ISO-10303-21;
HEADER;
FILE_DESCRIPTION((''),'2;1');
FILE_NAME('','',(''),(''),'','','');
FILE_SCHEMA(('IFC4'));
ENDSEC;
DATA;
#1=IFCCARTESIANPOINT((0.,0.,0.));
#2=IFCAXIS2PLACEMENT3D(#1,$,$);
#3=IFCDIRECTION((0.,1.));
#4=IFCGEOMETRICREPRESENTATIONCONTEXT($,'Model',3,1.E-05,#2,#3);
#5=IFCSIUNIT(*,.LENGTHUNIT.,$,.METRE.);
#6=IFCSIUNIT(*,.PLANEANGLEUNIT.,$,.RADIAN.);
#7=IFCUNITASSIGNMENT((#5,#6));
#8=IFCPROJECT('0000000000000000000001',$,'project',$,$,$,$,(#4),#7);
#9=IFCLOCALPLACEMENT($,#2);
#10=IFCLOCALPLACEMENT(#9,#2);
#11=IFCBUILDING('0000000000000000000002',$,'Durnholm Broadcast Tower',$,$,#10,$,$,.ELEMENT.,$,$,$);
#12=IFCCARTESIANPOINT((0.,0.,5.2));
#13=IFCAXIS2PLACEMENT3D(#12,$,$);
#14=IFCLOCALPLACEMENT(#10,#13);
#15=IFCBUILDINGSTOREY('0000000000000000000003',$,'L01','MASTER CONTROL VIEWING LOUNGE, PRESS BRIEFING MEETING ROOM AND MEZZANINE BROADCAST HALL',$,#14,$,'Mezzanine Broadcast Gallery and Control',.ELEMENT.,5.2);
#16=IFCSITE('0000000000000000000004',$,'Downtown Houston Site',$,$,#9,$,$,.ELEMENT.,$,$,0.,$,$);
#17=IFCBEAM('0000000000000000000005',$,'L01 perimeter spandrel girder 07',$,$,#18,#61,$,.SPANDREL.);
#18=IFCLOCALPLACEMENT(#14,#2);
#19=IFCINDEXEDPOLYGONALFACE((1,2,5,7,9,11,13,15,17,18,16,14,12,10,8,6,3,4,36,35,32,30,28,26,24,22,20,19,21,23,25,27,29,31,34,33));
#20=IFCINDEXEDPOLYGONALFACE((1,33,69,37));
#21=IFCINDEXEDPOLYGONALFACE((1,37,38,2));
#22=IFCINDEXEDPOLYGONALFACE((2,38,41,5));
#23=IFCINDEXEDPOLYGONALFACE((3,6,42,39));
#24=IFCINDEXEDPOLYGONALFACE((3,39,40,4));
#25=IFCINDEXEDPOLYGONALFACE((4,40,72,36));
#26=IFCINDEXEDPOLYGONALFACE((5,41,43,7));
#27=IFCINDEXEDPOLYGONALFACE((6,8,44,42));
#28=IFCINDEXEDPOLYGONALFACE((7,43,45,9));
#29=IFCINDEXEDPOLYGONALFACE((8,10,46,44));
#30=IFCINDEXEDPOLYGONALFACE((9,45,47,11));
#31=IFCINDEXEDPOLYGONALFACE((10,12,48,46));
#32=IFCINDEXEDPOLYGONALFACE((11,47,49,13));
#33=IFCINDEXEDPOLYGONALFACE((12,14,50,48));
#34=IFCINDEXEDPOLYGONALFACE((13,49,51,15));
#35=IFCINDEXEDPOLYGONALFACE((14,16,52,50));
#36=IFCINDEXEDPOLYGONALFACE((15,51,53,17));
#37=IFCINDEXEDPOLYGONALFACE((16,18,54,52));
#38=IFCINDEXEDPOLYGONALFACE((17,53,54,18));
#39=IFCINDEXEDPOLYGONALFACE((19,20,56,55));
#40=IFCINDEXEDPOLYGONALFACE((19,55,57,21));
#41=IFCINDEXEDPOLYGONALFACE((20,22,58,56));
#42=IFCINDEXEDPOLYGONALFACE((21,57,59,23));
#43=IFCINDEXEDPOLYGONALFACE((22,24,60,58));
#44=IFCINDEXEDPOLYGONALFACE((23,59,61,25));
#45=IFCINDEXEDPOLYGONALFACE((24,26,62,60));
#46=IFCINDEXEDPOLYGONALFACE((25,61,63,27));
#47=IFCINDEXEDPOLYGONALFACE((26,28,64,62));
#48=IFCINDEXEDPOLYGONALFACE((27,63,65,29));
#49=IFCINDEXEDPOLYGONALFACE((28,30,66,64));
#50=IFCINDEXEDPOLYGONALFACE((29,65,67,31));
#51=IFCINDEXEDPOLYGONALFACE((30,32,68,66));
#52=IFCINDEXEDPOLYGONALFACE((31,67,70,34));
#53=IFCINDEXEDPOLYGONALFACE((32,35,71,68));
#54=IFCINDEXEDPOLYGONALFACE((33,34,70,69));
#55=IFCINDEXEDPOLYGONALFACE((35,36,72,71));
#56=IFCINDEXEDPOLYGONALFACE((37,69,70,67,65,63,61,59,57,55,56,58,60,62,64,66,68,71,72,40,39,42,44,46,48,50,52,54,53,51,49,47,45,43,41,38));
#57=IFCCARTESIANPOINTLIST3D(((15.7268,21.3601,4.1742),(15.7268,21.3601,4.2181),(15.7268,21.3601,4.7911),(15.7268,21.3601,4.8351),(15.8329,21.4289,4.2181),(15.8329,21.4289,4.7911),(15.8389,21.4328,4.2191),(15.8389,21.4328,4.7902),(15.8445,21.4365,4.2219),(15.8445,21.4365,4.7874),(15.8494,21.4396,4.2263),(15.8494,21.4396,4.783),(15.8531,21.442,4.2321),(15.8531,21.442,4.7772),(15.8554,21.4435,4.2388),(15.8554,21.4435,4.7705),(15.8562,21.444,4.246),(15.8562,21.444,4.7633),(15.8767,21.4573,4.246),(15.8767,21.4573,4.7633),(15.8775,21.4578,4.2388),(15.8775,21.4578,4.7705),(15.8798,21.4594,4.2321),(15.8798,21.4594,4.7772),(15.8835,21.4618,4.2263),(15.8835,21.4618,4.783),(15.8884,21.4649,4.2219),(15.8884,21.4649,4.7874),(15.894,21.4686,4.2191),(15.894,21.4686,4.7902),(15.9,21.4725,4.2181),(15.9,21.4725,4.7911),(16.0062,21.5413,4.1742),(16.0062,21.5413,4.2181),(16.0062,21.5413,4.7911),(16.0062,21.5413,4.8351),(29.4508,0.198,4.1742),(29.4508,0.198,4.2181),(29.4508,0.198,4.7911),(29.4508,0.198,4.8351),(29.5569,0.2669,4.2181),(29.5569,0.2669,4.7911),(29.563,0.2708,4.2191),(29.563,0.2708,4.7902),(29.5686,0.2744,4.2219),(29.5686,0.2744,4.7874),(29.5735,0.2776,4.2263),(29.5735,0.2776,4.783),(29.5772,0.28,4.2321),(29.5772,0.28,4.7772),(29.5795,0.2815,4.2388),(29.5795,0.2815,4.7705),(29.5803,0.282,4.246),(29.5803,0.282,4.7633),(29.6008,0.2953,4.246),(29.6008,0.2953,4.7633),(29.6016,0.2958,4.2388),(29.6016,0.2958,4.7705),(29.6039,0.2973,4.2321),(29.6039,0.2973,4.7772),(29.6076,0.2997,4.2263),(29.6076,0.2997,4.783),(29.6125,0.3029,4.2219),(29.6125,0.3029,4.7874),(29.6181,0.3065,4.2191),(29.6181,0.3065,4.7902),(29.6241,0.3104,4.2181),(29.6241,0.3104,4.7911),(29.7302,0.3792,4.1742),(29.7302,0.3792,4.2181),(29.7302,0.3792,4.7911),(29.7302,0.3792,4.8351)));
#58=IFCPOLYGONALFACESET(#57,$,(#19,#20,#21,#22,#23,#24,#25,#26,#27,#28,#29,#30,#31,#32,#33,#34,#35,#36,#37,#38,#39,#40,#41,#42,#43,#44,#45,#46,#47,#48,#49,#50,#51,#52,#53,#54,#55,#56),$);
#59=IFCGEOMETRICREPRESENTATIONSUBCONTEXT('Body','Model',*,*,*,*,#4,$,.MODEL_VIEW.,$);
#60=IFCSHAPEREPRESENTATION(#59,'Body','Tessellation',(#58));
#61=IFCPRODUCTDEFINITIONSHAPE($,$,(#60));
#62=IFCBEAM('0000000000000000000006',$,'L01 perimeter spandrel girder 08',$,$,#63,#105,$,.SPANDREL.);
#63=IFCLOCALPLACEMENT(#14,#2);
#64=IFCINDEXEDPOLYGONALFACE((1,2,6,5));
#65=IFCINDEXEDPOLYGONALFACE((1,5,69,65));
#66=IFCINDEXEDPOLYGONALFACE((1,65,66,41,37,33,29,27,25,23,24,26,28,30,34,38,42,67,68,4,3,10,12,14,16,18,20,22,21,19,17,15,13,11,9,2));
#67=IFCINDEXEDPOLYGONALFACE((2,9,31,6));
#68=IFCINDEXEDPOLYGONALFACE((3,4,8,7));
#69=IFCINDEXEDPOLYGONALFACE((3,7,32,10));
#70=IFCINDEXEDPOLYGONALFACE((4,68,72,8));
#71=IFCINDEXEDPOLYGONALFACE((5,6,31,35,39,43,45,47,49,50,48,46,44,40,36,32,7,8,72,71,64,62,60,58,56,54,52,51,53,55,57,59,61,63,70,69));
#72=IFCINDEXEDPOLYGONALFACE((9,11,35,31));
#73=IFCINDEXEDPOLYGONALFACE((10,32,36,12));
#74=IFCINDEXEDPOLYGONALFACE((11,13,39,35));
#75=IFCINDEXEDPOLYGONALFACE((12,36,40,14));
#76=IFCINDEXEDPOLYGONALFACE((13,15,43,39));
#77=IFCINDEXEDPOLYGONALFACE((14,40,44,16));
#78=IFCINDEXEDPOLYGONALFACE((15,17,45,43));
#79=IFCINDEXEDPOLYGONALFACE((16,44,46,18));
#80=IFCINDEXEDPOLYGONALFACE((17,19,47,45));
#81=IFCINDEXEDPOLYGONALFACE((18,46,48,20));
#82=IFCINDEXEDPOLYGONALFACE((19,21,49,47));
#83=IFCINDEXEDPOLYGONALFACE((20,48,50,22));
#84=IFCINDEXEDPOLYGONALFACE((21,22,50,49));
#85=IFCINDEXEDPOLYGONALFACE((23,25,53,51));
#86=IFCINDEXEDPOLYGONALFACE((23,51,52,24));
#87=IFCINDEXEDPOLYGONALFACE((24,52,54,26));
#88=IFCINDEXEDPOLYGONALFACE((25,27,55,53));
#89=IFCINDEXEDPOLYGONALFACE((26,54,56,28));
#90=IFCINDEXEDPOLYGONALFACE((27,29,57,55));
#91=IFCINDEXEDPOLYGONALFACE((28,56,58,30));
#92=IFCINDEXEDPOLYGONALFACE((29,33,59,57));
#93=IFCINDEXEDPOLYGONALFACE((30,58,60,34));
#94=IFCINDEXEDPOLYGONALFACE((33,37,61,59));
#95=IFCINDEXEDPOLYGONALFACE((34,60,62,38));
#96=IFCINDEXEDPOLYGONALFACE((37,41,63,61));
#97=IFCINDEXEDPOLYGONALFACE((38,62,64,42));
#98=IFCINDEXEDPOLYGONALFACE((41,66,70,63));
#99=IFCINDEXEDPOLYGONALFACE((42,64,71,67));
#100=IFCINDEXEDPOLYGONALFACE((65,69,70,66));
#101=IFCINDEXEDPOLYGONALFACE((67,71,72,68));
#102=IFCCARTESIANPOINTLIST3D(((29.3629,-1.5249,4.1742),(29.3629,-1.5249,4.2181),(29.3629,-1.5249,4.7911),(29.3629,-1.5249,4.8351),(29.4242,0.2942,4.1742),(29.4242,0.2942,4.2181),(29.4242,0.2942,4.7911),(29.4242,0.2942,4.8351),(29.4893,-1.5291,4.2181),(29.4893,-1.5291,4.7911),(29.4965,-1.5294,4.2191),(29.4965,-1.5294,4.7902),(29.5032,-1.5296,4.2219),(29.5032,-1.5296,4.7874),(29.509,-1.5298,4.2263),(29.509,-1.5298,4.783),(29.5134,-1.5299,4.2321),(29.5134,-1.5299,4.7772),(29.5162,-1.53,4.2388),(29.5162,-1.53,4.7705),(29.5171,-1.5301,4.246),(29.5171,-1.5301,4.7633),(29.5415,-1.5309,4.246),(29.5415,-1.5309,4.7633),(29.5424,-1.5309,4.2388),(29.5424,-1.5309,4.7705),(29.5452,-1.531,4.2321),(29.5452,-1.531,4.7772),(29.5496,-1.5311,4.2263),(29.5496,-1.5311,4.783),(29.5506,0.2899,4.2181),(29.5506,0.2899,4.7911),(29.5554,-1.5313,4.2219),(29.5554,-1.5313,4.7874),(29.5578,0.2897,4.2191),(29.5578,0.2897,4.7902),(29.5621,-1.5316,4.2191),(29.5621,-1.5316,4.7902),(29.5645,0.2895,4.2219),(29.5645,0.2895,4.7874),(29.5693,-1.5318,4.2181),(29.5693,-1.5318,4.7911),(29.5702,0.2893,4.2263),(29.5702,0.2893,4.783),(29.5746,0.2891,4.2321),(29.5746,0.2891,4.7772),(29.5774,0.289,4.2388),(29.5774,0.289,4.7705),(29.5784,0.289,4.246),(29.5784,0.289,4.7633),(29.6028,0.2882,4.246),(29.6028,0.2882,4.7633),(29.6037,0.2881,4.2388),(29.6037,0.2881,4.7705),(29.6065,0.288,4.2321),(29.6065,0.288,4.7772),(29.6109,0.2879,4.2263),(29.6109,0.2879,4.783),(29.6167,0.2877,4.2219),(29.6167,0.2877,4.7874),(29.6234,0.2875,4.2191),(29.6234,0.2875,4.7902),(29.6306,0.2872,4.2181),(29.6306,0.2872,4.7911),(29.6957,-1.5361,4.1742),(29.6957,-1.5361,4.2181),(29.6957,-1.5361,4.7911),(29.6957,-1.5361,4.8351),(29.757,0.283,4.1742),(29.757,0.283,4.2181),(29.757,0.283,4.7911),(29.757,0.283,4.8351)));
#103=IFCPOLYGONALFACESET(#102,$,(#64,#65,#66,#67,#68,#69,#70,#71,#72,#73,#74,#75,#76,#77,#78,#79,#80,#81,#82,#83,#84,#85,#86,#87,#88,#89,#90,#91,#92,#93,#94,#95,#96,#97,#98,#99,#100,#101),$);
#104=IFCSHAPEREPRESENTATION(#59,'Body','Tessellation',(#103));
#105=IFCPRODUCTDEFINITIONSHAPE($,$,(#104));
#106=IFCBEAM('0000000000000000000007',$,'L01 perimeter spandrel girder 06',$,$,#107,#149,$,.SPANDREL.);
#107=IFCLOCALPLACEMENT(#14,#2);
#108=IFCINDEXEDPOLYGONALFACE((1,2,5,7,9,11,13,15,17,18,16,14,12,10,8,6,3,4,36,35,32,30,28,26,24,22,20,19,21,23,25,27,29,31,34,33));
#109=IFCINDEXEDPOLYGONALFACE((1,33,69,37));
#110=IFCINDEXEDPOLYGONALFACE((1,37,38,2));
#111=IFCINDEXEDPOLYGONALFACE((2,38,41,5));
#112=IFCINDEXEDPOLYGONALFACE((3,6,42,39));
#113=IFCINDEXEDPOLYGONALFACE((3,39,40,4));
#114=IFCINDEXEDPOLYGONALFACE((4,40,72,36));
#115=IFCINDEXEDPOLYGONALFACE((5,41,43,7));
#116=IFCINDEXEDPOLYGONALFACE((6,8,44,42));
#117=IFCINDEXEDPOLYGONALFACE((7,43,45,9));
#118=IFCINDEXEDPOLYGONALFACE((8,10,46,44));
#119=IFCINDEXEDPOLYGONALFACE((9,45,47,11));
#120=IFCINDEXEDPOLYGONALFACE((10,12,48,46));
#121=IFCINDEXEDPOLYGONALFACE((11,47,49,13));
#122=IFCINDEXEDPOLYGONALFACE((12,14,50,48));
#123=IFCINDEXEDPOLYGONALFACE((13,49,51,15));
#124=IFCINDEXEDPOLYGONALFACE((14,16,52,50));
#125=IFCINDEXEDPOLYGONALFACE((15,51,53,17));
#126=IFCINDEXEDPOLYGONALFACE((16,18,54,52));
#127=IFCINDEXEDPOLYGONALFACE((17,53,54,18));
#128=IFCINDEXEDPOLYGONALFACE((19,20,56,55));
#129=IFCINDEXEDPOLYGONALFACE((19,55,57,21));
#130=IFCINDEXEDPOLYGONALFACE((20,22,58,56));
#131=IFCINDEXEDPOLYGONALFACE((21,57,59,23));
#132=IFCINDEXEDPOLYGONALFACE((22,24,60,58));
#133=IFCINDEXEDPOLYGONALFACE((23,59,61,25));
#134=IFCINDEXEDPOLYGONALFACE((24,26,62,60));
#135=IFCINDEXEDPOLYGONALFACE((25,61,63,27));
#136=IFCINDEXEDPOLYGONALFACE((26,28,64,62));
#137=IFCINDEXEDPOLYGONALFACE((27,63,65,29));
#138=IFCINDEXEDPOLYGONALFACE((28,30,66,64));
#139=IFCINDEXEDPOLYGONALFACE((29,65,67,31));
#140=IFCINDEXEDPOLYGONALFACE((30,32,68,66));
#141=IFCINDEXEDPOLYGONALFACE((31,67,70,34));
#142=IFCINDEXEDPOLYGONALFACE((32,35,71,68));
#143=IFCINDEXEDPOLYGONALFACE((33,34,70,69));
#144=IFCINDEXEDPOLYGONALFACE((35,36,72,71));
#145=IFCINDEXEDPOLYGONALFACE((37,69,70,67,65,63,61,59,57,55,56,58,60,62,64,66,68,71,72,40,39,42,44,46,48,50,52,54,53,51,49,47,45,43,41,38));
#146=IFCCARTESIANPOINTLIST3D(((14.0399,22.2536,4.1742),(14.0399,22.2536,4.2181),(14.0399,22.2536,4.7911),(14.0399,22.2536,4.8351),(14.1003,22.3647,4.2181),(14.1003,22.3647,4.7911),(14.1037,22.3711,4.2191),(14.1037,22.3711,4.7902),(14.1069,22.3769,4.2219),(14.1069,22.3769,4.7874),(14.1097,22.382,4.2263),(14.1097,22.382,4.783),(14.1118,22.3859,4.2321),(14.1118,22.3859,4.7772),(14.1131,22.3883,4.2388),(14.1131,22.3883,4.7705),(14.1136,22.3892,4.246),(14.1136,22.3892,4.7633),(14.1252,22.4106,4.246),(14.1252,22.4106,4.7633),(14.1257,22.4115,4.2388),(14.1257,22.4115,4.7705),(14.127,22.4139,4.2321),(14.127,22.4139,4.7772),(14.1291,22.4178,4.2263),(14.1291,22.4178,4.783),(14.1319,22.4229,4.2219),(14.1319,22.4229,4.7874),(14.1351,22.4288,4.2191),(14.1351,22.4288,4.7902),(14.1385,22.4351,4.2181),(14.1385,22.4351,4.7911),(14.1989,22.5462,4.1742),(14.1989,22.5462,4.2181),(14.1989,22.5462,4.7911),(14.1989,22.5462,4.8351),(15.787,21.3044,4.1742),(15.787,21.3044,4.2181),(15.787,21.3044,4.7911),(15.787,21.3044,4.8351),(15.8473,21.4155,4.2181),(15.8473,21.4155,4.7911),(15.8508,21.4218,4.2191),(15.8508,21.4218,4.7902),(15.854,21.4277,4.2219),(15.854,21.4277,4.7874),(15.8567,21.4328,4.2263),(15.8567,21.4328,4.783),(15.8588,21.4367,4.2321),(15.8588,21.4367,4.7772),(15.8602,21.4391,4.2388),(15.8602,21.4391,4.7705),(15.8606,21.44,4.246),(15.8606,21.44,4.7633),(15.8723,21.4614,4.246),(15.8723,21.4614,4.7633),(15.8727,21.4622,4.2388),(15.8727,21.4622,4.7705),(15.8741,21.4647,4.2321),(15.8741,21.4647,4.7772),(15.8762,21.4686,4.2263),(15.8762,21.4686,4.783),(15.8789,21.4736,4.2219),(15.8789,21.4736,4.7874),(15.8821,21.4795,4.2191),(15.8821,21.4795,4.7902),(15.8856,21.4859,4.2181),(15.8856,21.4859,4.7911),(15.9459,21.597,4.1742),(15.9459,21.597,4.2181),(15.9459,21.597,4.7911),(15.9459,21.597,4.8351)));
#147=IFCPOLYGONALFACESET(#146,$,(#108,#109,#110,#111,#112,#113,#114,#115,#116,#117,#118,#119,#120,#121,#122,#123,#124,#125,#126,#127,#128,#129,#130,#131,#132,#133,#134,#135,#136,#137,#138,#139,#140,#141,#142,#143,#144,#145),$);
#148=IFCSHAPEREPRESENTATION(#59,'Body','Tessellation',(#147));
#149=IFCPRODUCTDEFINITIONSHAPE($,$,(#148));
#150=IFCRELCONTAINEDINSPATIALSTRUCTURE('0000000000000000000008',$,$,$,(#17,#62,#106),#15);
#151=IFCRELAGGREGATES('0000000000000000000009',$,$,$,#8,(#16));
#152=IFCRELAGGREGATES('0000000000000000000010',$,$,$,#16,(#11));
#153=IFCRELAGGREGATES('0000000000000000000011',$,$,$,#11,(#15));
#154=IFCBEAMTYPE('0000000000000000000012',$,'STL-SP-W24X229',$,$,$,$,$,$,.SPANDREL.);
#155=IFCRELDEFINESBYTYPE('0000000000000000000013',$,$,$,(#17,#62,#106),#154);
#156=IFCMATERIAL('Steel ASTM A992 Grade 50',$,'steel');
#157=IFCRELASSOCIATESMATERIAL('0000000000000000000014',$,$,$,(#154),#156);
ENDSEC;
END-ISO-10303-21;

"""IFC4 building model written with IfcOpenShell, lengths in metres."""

from ifc_helpers import new_model, si_unit, direction, frame, origin, origin_2d, place, context, subcontext, project, spatial, i_section, extrude, source, transform, mapped, material, material_profile, profile_set, type_object, type_shapes, element, save


model = new_model("IFC4")

# Units and contexts
model_context = context("Model", 3, precision=1e-05, world=origin(), true_north=direction((0.0, 1.0)))
body_context = subcontext(model_context, "Body", "Model", "MODEL_VIEW")
ifc_project = project(units=[si_unit("LENGTHUNIT", "METRE"), si_unit("PLANEANGLEUNIT", "RADIAN")], contexts=[model_context])

# Site, building, storey
site_placement = place(None, origin())
site = spatial("IfcSite", under=ifc_project, at=site_placement, Name="Downtown Houston Site", CompositionType="ELEMENT", RefElevation=0.0)
building_placement = place(site_placement, origin())
building = spatial("IfcBuilding", under=site, at=building_placement, Name="Durnholm Broadcast Tower", CompositionType="ELEMENT")
storey_placement = place(building_placement, frame((0.0, 0.0, 5.2)))
storey = spatial("IfcBuildingStorey", under=building, at=storey_placement, Name="L01", Description="MASTER CONTROL VIEWING LOUNGE, PRESS BRIEFING MEETING ROOM AND MEZZANINE BROADCAST HALL", LongName="Mezzanine Broadcast Gallery and Control", CompositionType="ELEMENT", Elevation=5.2)

# Shared definitions
ifc_material_1 = material(Name="Steel ASTM A992 Grade 50", Category="steel")

# Beams
ifc_material_profile_1 = material_profile(ifc_material_1, i_section(OverallWidth=0.333, OverallDepth=0.6609, WebThickness=0.0244, FlangeThickness=0.0439, FilletRadius=0.0278, at=origin_2d()), Name="W24X229")
ifc_profile_set_1 = profile_set([ifc_material_profile_1], Name="Steel ASTM A992 Grade 50")
beam_type_1 = type_object("IfcBeamType", Name="STL-SP-W24X229", PredefinedType="SPANDREL", material=ifc_profile_set_1)
shared_shape_1 = source(origin(), body_context, "Body", "SweptSolid", [
    extrude(i_section(OverallWidth=0.333, OverallDepth=0.6609, WebThickness=0.0244, FlangeThickness=0.0439, FilletRadius=0.0278, at=origin_2d()), origin(), (0.0, 0.0, 1.0), 25.2227),
])
beam_1_placement = place(storey_placement, frame((15.8665, 21.4507, 4.5046), z_axis=(0.544117, -0.839009, 0.0), x_axis=(0.839009, 0.544117, 0.0)))
element("IfcBeam", 1, at=beam_1_placement, inside=storey, type_object=beam_type_1, Name="L01 perimeter spandrel girder 07", PredefinedType="SPANDREL", context=body_context, shape_type="MappedRepresentation", body=[
    mapped(shared_shape_1, transform((0.0, 0.0, 0.0), x_axis=(1.0, 0.0, 0.0), y_axis=(0.0, 1.0, 0.0), z_axis=(0.0, 0.0, 1.0), scale=1.0)),
])
shared_shape_2 = source(origin(), body_context, "Body", "SweptSolid", [
    extrude(i_section(OverallWidth=0.333, OverallDepth=0.6609, WebThickness=0.0244, FlangeThickness=0.0439, FilletRadius=0.0278, at=origin_2d()), origin(), (0.0, 0.0, 1.0), 1.8201),
])
beam_2_placement = place(storey_placement, frame((29.5906, 0.2886, 4.5046), z_axis=(-0.033668, -0.999433, 0.0), x_axis=(0.999433, -0.033668, 0.0)))
element("IfcBeam", 2, at=beam_2_placement, inside=storey, type_object=beam_type_1, Name="L01 perimeter spandrel girder 08", PredefinedType="SPANDREL", context=body_context, shape_type="MappedRepresentation", body=[
    mapped(shared_shape_2, transform((0.0, 0.0, 0.0), x_axis=(1.0, 0.0, 0.0), y_axis=(0.0, 1.0, 0.0), z_axis=(0.0, 0.0, 1.0), scale=1.0)),
])
shared_shape_3 = source(origin(), body_context, "Body", "SweptSolid", [
    extrude(i_section(OverallWidth=0.333, OverallDepth=0.6609, WebThickness=0.0244, FlangeThickness=0.0439, FilletRadius=0.0278, at=origin_2d()), origin(), (0.0, 0.0, 1.0), 1.9883),
])
type_shapes(beam_type_1, [shared_shape_1, shared_shape_2, shared_shape_3])
beam_3_placement = place(storey_placement, frame((14.1194, 22.3999, 4.5046), z_axis=(0.878683, -0.477406, 0.0), x_axis=(0.477406, 0.878683, 0.0)))
element("IfcBeam", 3, at=beam_3_placement, inside=storey, type_object=beam_type_1, Name="L01 perimeter spandrel girder 06", PredefinedType="SPANDREL", context=body_context, shape_type="MappedRepresentation", body=[
    mapped(shared_shape_3, transform((0.0, 0.0, 0.0), x_axis=(1.0, 0.0, 0.0), y_axis=(0.0, 1.0, 0.0), z_axis=(0.0, 0.0, 1.0), scale=1.0)),
])

save(model, "model.ifc")
